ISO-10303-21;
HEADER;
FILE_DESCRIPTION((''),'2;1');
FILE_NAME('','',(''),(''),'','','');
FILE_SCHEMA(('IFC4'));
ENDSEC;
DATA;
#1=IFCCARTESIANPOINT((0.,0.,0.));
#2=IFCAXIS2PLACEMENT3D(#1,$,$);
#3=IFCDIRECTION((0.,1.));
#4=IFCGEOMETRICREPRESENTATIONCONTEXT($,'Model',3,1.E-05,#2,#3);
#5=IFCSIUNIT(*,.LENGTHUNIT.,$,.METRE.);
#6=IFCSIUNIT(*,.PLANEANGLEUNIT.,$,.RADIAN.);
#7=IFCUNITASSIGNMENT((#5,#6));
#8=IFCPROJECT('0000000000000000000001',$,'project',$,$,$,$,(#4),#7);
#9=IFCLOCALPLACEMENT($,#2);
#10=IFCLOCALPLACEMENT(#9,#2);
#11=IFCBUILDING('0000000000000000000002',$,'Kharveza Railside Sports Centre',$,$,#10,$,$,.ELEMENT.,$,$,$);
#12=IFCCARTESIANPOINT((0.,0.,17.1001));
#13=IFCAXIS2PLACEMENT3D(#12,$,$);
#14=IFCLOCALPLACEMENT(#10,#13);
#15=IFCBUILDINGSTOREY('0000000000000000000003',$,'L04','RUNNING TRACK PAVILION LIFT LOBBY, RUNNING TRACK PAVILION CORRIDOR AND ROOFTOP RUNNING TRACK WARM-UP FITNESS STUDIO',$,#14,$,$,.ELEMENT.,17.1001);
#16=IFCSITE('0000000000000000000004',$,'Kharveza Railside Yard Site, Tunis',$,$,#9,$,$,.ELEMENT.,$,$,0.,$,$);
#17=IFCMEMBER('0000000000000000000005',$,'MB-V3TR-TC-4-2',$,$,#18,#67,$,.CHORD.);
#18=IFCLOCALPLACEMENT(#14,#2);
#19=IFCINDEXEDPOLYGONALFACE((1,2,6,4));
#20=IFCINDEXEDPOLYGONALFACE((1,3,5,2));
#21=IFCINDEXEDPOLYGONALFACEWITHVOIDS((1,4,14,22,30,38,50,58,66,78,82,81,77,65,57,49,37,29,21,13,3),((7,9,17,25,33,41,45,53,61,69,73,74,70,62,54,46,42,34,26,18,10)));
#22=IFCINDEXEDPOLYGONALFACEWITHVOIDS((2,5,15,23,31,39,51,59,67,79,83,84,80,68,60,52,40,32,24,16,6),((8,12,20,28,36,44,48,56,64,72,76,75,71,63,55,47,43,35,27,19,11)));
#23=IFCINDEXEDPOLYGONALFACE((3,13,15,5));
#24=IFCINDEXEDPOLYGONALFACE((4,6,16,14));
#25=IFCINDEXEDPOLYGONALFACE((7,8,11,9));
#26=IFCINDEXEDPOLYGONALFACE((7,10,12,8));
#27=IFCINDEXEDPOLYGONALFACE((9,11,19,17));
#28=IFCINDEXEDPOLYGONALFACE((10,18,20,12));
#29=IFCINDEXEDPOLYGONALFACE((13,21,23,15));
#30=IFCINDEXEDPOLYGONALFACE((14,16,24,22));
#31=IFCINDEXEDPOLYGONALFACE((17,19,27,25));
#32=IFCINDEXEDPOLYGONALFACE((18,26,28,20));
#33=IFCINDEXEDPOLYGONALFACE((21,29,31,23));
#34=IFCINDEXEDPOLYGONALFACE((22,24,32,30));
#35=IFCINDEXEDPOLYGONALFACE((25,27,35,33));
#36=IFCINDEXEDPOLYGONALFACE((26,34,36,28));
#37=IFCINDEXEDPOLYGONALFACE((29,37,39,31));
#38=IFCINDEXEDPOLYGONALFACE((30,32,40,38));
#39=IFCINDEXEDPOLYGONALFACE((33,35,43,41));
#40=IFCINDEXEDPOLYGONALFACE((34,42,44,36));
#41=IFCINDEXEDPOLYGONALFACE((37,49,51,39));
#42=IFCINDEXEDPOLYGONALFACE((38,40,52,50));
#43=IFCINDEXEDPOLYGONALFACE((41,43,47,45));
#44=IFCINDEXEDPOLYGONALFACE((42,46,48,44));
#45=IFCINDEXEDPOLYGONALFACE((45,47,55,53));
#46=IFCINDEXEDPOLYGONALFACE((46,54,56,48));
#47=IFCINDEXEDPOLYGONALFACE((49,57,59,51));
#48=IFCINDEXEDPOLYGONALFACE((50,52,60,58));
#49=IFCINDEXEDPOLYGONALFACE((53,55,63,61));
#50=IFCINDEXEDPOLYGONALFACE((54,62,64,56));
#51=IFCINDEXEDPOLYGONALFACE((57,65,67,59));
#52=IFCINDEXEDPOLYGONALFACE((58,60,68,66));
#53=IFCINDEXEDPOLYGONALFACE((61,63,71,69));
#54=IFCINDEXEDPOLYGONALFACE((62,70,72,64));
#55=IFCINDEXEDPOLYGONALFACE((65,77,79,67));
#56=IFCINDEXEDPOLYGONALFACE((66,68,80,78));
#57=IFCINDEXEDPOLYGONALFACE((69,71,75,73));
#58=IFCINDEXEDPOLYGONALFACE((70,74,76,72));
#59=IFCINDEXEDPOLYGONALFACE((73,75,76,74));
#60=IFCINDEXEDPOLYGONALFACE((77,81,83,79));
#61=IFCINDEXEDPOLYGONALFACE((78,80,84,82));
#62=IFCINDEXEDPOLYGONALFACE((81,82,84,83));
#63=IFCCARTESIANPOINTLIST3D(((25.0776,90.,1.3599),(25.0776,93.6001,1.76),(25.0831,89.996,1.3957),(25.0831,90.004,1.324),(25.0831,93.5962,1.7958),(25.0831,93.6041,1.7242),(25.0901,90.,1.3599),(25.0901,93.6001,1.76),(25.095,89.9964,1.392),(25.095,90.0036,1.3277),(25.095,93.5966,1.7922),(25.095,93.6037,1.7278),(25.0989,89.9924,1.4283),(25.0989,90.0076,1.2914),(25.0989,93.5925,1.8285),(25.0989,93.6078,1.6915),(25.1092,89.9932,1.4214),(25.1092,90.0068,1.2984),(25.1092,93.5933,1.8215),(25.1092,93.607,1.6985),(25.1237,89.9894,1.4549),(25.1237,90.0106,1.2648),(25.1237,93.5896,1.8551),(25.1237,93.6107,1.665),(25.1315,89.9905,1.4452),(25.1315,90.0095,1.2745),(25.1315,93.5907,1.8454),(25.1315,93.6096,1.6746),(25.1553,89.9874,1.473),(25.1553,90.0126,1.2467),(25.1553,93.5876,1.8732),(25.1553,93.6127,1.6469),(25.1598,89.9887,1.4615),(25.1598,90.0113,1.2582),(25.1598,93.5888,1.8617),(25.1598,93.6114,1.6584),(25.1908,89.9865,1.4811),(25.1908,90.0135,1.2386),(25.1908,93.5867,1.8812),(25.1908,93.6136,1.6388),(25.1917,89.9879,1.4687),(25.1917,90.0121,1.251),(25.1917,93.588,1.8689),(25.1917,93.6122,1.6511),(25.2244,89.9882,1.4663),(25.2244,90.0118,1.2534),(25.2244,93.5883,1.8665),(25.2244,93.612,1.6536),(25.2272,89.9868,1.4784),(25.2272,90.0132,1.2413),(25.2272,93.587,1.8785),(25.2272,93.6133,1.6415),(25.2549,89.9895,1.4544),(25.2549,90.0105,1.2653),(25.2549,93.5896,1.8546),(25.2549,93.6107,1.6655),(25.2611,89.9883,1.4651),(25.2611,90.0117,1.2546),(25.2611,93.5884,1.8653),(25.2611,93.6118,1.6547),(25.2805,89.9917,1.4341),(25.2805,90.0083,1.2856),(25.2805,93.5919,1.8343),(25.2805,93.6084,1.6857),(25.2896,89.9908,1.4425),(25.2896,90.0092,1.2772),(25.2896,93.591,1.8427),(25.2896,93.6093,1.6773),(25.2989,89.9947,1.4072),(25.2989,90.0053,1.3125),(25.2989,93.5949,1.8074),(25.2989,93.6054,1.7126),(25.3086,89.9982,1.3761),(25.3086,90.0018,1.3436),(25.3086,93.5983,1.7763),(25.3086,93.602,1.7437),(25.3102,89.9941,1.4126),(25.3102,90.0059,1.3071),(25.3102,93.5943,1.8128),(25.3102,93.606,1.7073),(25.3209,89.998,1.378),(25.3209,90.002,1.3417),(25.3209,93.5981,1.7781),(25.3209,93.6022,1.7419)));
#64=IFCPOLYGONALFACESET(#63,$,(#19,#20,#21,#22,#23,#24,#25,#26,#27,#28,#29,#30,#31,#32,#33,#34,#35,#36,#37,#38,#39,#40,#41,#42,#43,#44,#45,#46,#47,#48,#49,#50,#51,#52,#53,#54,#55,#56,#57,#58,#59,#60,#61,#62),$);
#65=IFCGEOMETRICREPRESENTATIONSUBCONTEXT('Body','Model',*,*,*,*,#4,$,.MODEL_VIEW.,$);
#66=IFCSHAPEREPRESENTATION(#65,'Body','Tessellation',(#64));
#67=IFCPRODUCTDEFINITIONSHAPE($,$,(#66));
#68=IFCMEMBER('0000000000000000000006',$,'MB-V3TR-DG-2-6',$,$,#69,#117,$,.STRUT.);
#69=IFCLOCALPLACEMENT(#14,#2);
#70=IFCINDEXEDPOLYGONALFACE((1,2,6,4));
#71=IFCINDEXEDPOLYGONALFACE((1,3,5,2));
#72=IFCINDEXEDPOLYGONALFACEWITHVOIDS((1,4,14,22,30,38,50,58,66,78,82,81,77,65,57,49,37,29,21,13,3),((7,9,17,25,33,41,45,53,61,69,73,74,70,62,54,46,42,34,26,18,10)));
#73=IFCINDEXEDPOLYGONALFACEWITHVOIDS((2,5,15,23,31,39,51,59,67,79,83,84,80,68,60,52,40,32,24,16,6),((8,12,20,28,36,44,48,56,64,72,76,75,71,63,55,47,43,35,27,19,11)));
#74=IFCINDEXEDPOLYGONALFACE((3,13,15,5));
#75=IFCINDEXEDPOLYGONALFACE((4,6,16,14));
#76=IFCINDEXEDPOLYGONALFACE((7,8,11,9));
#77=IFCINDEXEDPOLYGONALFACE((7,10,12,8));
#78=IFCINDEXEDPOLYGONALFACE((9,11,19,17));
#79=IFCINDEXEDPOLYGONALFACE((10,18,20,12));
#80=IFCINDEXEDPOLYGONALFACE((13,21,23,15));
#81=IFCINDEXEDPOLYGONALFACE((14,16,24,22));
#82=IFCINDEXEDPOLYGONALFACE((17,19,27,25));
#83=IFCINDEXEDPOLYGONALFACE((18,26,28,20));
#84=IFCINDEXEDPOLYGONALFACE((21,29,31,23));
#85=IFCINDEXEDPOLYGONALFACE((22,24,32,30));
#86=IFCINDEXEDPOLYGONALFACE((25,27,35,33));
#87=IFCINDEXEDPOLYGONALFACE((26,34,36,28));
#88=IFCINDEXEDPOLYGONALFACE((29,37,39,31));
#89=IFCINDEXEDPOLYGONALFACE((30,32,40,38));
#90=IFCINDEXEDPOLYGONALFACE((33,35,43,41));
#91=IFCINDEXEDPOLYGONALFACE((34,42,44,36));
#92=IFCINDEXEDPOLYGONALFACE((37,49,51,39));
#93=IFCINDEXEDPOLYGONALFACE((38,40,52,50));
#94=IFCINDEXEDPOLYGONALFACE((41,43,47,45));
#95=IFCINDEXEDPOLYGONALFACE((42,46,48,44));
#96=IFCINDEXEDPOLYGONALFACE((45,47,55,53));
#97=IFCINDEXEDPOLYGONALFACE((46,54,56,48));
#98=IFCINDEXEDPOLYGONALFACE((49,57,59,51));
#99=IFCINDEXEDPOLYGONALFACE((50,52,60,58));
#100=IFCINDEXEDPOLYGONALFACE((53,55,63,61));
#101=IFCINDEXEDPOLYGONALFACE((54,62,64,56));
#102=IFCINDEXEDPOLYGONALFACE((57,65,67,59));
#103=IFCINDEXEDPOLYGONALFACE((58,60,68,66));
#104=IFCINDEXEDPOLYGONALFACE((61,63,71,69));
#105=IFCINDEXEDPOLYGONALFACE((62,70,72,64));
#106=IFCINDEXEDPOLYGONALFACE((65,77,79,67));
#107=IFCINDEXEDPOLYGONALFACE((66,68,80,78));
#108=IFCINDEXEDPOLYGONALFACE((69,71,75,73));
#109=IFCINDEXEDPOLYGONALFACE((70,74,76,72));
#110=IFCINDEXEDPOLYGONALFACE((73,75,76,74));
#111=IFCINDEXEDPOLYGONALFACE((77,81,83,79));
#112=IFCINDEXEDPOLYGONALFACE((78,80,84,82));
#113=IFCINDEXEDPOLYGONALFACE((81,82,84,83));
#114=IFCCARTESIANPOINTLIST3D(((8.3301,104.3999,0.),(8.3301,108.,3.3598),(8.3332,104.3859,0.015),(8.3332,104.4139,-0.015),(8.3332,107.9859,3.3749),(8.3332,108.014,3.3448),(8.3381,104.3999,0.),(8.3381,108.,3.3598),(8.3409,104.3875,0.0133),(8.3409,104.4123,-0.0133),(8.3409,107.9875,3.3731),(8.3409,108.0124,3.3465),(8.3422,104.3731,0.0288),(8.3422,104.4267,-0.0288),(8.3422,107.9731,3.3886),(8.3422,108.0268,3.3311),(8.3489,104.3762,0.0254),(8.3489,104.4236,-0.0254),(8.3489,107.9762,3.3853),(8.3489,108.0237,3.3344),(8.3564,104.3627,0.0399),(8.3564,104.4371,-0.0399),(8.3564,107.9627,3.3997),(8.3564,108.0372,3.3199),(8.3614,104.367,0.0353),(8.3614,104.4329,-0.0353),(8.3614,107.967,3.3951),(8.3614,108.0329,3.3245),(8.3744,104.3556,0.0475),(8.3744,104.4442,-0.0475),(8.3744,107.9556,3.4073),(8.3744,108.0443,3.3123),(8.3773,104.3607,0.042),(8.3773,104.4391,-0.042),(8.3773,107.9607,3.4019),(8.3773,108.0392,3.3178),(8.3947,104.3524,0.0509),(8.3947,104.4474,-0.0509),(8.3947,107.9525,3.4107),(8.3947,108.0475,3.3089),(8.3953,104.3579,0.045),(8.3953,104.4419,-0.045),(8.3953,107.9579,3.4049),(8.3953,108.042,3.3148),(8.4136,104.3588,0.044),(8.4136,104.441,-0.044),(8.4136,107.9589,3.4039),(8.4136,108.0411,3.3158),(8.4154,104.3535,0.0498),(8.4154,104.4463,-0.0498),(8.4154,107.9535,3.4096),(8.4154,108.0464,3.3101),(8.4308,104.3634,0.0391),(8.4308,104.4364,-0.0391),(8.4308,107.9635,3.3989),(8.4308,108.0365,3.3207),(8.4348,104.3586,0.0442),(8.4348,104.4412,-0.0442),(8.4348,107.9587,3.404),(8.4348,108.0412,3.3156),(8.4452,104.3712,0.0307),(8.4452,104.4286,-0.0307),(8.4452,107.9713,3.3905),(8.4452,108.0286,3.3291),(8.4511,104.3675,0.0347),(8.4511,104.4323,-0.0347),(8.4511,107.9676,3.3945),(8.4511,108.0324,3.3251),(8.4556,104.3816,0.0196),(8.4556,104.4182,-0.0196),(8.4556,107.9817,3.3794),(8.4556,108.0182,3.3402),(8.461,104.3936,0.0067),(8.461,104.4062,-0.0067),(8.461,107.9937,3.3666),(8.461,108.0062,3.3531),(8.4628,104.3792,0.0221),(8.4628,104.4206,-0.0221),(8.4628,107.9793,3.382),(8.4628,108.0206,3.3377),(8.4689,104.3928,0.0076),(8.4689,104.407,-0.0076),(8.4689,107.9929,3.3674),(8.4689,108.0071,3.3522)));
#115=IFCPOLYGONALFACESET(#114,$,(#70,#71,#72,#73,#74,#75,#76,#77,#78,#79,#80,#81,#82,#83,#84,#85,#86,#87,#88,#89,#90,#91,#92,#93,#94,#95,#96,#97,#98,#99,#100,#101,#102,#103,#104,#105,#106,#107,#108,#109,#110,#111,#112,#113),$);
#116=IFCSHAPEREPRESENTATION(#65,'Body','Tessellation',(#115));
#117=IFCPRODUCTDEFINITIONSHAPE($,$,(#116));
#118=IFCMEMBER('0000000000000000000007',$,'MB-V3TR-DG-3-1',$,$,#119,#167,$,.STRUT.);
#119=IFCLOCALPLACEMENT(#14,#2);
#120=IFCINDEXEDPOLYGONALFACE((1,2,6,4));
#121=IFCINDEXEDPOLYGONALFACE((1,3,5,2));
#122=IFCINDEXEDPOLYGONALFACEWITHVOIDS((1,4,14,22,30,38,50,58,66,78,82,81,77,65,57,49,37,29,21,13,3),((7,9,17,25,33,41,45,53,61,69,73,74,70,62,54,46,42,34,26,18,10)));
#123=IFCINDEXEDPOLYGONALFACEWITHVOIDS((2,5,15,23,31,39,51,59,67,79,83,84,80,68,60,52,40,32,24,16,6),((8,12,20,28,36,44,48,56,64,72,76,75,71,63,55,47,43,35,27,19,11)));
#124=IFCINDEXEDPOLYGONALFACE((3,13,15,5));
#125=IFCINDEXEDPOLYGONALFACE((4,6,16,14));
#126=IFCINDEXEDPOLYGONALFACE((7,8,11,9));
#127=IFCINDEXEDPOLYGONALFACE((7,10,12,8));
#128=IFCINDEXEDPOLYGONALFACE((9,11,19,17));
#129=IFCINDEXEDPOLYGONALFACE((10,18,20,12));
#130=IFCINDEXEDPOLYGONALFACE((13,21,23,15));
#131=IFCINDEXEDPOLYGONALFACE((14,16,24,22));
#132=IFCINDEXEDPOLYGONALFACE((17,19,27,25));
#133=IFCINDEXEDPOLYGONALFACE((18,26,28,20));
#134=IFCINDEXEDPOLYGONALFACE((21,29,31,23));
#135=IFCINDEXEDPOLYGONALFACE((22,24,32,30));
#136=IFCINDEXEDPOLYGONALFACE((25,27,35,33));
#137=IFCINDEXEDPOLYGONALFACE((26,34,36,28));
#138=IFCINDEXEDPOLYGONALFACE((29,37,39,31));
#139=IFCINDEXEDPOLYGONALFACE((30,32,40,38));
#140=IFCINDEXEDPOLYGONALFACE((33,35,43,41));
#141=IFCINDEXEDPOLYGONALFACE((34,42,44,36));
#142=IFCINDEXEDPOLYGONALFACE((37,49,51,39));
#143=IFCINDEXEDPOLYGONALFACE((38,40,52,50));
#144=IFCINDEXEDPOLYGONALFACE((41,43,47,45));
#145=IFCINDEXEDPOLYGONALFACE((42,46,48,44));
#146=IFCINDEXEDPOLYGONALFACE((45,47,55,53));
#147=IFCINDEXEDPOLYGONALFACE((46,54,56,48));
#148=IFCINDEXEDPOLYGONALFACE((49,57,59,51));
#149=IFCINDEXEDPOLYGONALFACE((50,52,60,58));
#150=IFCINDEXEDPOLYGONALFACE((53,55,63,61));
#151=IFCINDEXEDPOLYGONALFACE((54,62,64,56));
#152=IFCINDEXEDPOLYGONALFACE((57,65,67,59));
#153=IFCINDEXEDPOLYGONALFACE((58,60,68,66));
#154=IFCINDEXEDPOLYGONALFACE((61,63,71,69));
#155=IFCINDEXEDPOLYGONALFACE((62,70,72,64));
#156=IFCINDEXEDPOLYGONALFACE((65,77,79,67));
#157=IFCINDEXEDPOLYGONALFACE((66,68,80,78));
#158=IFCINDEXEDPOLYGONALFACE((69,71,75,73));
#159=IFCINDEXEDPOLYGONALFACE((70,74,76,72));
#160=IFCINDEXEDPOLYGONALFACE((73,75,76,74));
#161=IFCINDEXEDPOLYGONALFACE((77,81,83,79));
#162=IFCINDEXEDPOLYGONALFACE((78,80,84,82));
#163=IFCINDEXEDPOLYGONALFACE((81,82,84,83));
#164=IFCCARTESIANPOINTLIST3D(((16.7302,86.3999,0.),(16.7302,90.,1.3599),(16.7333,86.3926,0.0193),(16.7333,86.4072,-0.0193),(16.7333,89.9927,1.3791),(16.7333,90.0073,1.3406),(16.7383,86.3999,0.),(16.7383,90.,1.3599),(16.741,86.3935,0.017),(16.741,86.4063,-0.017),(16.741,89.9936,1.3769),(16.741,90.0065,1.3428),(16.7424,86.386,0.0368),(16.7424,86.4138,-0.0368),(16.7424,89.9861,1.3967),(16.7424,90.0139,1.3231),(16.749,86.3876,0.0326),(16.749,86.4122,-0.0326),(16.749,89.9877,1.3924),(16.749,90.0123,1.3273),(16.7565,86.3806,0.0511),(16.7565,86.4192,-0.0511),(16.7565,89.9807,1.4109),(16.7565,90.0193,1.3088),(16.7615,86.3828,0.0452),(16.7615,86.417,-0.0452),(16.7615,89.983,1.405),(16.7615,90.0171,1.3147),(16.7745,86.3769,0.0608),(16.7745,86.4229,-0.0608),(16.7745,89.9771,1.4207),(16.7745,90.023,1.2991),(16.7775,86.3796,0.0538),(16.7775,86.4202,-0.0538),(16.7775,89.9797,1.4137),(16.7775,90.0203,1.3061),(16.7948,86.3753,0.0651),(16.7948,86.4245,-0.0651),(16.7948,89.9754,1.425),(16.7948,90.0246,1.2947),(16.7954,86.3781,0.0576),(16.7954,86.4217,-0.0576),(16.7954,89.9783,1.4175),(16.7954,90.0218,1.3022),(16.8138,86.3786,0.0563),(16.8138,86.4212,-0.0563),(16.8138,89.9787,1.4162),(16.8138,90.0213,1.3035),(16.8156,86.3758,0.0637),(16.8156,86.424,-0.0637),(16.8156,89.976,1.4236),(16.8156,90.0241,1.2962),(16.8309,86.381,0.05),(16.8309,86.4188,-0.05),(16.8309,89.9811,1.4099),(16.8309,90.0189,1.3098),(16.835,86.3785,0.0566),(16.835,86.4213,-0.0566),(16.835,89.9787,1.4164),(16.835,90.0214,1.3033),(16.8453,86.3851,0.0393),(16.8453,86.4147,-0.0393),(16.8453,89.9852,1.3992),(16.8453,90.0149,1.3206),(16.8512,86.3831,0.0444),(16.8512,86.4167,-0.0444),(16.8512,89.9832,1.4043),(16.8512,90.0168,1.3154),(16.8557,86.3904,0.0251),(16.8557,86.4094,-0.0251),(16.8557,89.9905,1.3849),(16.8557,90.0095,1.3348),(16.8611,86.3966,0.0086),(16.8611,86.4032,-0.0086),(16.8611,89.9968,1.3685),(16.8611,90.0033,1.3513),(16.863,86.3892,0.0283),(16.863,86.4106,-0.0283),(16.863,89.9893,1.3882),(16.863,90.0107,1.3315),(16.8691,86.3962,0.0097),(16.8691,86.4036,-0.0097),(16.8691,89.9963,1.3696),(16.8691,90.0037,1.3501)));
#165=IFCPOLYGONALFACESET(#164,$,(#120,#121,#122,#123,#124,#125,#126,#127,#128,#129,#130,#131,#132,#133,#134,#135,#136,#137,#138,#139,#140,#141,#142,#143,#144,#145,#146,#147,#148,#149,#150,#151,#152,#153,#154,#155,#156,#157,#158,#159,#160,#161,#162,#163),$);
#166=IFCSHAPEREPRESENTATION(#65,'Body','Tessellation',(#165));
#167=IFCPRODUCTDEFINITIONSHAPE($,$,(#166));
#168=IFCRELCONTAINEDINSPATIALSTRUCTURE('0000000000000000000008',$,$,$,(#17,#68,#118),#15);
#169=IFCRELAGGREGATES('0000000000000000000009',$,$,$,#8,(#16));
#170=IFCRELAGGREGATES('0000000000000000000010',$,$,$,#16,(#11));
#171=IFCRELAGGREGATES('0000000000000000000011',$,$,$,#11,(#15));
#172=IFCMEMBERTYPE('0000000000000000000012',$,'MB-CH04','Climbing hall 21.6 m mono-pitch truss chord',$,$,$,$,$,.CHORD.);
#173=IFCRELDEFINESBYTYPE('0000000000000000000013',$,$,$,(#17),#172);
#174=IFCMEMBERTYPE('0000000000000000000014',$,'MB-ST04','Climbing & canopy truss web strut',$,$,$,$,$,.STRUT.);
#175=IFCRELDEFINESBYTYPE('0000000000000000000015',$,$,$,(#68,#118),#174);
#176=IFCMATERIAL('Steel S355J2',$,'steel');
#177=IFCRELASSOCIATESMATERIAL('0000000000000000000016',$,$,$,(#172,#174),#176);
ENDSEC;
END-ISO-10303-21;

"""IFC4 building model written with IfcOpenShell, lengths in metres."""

from ifc_helpers import new_model, si_unit, direction, frame, origin, origin_2d, place, context, subcontext, project, spatial, hollow_circle, extrude, material, material_profile, profile_set, type_object, element, save


model = new_model("IFC4")

# Units and contexts
model_context = context("Model", 3, precision=1e-05, world=origin(), true_north=direction((0.0, 1.0)))
body_context = subcontext(model_context, "Body", "Model", "MODEL_VIEW")
ifc_project = project(units=[si_unit("LENGTHUNIT", "METRE"), si_unit("PLANEANGLEUNIT", "RADIAN")], contexts=[model_context])

# Site, building, storey
site_placement = place(None, origin())
site = spatial("IfcSite", under=ifc_project, at=site_placement, Name="Kharveza Railside Yard Site, Tunis", CompositionType="ELEMENT", RefElevation=0.0)
building_placement = place(site_placement, origin())
building = spatial("IfcBuilding", under=site, at=building_placement, Name="Kharveza Railside Sports Centre", CompositionType="ELEMENT")
storey_placement = place(building_placement, frame((0.0, 0.0, 17.1001)))
storey = spatial("IfcBuildingStorey", under=building, at=storey_placement, Name="L04", Description="RUNNING TRACK PAVILION LIFT LOBBY, RUNNING TRACK PAVILION CORRIDOR AND ROOFTOP RUNNING TRACK WARM-UP FITNESS STUDIO", CompositionType="ELEMENT", Elevation=17.1001)

# Members
ifc_material_1 = material(Name="Steel S355J2", Category="steel")
ifc_material_profile_1 = material_profile(ifc_material_1, hollow_circle(Radius=0.1223, WallThickness=0.0125, at=origin_2d()), Name="CHS 244.5x12.5")
ifc_profile_set_1 = profile_set([ifc_material_profile_1], Name="Steel S355J2")
member_type_1 = type_object("IfcMemberType", Name="MB-CH04", Description="Climbing hall 21.6 m mono-pitch truss chord", PredefinedType="CHORD", material=ifc_profile_set_1)
member_1_placement = place(storey_placement, frame((25.2, 90.0, 1.3599), z_axis=(0.0, 0.99388, 0.110469), x_axis=(-1.0, 0.0, 0.0)))
element("IfcMember", 1, at=member_1_placement, inside=storey, type_object=member_type_1, Name="MB-V3TR-TC-4-2", PredefinedType="CHORD", context=body_context, shape_type="SweptSolid", body=[
    extrude(hollow_circle(Radius=0.1223, WallThickness=0.0125, at=origin_2d()), origin(), (0.0, 0.0, 1.0), 3.6223),
])
ifc_material_profile_2 = material_profile(ifc_material_1, hollow_circle(Radius=0.0698, WallThickness=0.0081, at=origin_2d()), Name="CHS 139.7x8.0")
ifc_profile_set_2 = profile_set([ifc_material_profile_2], Name="Steel S355J2")
member_type_2 = type_object("IfcMemberType", Name="MB-ST04", Description="Climbing & canopy truss web strut", PredefinedType="STRUT", material=ifc_profile_set_2)
member_2_placement = place(storey_placement, frame((8.3999, 104.3999, 0.0), z_axis=(0.0, 0.731078, 0.682294), x_axis=(-1.0, 0.0, 0.0)))
element("IfcMember", 2, at=member_2_placement, inside=storey, type_object=member_type_2, Name="MB-V3TR-DG-2-6", PredefinedType="STRUT", context=body_context, shape_type="SweptSolid", body=[
    extrude(hollow_circle(Radius=0.0698, WallThickness=0.0081, at=origin_2d()), origin(), (0.0, 0.0, 1.0), 4.9243),
])
member_3_placement = place(storey_placement, frame((16.8, 86.3999, 0.0), z_axis=(0.0, 0.935487, 0.353361), x_axis=(-1.0, 0.0, 0.0)))
element("IfcMember", 3, at=member_3_placement, inside=storey, type_object=member_type_2, Name="MB-V3TR-DG-3-1", PredefinedType="STRUT", context=body_context, shape_type="SweptSolid", body=[
    extrude(hollow_circle(Radius=0.0698, WallThickness=0.0081, at=origin_2d()), origin(), (0.0, 0.0, 1.0), 3.8484),
])

save(model, "model.ifc")
